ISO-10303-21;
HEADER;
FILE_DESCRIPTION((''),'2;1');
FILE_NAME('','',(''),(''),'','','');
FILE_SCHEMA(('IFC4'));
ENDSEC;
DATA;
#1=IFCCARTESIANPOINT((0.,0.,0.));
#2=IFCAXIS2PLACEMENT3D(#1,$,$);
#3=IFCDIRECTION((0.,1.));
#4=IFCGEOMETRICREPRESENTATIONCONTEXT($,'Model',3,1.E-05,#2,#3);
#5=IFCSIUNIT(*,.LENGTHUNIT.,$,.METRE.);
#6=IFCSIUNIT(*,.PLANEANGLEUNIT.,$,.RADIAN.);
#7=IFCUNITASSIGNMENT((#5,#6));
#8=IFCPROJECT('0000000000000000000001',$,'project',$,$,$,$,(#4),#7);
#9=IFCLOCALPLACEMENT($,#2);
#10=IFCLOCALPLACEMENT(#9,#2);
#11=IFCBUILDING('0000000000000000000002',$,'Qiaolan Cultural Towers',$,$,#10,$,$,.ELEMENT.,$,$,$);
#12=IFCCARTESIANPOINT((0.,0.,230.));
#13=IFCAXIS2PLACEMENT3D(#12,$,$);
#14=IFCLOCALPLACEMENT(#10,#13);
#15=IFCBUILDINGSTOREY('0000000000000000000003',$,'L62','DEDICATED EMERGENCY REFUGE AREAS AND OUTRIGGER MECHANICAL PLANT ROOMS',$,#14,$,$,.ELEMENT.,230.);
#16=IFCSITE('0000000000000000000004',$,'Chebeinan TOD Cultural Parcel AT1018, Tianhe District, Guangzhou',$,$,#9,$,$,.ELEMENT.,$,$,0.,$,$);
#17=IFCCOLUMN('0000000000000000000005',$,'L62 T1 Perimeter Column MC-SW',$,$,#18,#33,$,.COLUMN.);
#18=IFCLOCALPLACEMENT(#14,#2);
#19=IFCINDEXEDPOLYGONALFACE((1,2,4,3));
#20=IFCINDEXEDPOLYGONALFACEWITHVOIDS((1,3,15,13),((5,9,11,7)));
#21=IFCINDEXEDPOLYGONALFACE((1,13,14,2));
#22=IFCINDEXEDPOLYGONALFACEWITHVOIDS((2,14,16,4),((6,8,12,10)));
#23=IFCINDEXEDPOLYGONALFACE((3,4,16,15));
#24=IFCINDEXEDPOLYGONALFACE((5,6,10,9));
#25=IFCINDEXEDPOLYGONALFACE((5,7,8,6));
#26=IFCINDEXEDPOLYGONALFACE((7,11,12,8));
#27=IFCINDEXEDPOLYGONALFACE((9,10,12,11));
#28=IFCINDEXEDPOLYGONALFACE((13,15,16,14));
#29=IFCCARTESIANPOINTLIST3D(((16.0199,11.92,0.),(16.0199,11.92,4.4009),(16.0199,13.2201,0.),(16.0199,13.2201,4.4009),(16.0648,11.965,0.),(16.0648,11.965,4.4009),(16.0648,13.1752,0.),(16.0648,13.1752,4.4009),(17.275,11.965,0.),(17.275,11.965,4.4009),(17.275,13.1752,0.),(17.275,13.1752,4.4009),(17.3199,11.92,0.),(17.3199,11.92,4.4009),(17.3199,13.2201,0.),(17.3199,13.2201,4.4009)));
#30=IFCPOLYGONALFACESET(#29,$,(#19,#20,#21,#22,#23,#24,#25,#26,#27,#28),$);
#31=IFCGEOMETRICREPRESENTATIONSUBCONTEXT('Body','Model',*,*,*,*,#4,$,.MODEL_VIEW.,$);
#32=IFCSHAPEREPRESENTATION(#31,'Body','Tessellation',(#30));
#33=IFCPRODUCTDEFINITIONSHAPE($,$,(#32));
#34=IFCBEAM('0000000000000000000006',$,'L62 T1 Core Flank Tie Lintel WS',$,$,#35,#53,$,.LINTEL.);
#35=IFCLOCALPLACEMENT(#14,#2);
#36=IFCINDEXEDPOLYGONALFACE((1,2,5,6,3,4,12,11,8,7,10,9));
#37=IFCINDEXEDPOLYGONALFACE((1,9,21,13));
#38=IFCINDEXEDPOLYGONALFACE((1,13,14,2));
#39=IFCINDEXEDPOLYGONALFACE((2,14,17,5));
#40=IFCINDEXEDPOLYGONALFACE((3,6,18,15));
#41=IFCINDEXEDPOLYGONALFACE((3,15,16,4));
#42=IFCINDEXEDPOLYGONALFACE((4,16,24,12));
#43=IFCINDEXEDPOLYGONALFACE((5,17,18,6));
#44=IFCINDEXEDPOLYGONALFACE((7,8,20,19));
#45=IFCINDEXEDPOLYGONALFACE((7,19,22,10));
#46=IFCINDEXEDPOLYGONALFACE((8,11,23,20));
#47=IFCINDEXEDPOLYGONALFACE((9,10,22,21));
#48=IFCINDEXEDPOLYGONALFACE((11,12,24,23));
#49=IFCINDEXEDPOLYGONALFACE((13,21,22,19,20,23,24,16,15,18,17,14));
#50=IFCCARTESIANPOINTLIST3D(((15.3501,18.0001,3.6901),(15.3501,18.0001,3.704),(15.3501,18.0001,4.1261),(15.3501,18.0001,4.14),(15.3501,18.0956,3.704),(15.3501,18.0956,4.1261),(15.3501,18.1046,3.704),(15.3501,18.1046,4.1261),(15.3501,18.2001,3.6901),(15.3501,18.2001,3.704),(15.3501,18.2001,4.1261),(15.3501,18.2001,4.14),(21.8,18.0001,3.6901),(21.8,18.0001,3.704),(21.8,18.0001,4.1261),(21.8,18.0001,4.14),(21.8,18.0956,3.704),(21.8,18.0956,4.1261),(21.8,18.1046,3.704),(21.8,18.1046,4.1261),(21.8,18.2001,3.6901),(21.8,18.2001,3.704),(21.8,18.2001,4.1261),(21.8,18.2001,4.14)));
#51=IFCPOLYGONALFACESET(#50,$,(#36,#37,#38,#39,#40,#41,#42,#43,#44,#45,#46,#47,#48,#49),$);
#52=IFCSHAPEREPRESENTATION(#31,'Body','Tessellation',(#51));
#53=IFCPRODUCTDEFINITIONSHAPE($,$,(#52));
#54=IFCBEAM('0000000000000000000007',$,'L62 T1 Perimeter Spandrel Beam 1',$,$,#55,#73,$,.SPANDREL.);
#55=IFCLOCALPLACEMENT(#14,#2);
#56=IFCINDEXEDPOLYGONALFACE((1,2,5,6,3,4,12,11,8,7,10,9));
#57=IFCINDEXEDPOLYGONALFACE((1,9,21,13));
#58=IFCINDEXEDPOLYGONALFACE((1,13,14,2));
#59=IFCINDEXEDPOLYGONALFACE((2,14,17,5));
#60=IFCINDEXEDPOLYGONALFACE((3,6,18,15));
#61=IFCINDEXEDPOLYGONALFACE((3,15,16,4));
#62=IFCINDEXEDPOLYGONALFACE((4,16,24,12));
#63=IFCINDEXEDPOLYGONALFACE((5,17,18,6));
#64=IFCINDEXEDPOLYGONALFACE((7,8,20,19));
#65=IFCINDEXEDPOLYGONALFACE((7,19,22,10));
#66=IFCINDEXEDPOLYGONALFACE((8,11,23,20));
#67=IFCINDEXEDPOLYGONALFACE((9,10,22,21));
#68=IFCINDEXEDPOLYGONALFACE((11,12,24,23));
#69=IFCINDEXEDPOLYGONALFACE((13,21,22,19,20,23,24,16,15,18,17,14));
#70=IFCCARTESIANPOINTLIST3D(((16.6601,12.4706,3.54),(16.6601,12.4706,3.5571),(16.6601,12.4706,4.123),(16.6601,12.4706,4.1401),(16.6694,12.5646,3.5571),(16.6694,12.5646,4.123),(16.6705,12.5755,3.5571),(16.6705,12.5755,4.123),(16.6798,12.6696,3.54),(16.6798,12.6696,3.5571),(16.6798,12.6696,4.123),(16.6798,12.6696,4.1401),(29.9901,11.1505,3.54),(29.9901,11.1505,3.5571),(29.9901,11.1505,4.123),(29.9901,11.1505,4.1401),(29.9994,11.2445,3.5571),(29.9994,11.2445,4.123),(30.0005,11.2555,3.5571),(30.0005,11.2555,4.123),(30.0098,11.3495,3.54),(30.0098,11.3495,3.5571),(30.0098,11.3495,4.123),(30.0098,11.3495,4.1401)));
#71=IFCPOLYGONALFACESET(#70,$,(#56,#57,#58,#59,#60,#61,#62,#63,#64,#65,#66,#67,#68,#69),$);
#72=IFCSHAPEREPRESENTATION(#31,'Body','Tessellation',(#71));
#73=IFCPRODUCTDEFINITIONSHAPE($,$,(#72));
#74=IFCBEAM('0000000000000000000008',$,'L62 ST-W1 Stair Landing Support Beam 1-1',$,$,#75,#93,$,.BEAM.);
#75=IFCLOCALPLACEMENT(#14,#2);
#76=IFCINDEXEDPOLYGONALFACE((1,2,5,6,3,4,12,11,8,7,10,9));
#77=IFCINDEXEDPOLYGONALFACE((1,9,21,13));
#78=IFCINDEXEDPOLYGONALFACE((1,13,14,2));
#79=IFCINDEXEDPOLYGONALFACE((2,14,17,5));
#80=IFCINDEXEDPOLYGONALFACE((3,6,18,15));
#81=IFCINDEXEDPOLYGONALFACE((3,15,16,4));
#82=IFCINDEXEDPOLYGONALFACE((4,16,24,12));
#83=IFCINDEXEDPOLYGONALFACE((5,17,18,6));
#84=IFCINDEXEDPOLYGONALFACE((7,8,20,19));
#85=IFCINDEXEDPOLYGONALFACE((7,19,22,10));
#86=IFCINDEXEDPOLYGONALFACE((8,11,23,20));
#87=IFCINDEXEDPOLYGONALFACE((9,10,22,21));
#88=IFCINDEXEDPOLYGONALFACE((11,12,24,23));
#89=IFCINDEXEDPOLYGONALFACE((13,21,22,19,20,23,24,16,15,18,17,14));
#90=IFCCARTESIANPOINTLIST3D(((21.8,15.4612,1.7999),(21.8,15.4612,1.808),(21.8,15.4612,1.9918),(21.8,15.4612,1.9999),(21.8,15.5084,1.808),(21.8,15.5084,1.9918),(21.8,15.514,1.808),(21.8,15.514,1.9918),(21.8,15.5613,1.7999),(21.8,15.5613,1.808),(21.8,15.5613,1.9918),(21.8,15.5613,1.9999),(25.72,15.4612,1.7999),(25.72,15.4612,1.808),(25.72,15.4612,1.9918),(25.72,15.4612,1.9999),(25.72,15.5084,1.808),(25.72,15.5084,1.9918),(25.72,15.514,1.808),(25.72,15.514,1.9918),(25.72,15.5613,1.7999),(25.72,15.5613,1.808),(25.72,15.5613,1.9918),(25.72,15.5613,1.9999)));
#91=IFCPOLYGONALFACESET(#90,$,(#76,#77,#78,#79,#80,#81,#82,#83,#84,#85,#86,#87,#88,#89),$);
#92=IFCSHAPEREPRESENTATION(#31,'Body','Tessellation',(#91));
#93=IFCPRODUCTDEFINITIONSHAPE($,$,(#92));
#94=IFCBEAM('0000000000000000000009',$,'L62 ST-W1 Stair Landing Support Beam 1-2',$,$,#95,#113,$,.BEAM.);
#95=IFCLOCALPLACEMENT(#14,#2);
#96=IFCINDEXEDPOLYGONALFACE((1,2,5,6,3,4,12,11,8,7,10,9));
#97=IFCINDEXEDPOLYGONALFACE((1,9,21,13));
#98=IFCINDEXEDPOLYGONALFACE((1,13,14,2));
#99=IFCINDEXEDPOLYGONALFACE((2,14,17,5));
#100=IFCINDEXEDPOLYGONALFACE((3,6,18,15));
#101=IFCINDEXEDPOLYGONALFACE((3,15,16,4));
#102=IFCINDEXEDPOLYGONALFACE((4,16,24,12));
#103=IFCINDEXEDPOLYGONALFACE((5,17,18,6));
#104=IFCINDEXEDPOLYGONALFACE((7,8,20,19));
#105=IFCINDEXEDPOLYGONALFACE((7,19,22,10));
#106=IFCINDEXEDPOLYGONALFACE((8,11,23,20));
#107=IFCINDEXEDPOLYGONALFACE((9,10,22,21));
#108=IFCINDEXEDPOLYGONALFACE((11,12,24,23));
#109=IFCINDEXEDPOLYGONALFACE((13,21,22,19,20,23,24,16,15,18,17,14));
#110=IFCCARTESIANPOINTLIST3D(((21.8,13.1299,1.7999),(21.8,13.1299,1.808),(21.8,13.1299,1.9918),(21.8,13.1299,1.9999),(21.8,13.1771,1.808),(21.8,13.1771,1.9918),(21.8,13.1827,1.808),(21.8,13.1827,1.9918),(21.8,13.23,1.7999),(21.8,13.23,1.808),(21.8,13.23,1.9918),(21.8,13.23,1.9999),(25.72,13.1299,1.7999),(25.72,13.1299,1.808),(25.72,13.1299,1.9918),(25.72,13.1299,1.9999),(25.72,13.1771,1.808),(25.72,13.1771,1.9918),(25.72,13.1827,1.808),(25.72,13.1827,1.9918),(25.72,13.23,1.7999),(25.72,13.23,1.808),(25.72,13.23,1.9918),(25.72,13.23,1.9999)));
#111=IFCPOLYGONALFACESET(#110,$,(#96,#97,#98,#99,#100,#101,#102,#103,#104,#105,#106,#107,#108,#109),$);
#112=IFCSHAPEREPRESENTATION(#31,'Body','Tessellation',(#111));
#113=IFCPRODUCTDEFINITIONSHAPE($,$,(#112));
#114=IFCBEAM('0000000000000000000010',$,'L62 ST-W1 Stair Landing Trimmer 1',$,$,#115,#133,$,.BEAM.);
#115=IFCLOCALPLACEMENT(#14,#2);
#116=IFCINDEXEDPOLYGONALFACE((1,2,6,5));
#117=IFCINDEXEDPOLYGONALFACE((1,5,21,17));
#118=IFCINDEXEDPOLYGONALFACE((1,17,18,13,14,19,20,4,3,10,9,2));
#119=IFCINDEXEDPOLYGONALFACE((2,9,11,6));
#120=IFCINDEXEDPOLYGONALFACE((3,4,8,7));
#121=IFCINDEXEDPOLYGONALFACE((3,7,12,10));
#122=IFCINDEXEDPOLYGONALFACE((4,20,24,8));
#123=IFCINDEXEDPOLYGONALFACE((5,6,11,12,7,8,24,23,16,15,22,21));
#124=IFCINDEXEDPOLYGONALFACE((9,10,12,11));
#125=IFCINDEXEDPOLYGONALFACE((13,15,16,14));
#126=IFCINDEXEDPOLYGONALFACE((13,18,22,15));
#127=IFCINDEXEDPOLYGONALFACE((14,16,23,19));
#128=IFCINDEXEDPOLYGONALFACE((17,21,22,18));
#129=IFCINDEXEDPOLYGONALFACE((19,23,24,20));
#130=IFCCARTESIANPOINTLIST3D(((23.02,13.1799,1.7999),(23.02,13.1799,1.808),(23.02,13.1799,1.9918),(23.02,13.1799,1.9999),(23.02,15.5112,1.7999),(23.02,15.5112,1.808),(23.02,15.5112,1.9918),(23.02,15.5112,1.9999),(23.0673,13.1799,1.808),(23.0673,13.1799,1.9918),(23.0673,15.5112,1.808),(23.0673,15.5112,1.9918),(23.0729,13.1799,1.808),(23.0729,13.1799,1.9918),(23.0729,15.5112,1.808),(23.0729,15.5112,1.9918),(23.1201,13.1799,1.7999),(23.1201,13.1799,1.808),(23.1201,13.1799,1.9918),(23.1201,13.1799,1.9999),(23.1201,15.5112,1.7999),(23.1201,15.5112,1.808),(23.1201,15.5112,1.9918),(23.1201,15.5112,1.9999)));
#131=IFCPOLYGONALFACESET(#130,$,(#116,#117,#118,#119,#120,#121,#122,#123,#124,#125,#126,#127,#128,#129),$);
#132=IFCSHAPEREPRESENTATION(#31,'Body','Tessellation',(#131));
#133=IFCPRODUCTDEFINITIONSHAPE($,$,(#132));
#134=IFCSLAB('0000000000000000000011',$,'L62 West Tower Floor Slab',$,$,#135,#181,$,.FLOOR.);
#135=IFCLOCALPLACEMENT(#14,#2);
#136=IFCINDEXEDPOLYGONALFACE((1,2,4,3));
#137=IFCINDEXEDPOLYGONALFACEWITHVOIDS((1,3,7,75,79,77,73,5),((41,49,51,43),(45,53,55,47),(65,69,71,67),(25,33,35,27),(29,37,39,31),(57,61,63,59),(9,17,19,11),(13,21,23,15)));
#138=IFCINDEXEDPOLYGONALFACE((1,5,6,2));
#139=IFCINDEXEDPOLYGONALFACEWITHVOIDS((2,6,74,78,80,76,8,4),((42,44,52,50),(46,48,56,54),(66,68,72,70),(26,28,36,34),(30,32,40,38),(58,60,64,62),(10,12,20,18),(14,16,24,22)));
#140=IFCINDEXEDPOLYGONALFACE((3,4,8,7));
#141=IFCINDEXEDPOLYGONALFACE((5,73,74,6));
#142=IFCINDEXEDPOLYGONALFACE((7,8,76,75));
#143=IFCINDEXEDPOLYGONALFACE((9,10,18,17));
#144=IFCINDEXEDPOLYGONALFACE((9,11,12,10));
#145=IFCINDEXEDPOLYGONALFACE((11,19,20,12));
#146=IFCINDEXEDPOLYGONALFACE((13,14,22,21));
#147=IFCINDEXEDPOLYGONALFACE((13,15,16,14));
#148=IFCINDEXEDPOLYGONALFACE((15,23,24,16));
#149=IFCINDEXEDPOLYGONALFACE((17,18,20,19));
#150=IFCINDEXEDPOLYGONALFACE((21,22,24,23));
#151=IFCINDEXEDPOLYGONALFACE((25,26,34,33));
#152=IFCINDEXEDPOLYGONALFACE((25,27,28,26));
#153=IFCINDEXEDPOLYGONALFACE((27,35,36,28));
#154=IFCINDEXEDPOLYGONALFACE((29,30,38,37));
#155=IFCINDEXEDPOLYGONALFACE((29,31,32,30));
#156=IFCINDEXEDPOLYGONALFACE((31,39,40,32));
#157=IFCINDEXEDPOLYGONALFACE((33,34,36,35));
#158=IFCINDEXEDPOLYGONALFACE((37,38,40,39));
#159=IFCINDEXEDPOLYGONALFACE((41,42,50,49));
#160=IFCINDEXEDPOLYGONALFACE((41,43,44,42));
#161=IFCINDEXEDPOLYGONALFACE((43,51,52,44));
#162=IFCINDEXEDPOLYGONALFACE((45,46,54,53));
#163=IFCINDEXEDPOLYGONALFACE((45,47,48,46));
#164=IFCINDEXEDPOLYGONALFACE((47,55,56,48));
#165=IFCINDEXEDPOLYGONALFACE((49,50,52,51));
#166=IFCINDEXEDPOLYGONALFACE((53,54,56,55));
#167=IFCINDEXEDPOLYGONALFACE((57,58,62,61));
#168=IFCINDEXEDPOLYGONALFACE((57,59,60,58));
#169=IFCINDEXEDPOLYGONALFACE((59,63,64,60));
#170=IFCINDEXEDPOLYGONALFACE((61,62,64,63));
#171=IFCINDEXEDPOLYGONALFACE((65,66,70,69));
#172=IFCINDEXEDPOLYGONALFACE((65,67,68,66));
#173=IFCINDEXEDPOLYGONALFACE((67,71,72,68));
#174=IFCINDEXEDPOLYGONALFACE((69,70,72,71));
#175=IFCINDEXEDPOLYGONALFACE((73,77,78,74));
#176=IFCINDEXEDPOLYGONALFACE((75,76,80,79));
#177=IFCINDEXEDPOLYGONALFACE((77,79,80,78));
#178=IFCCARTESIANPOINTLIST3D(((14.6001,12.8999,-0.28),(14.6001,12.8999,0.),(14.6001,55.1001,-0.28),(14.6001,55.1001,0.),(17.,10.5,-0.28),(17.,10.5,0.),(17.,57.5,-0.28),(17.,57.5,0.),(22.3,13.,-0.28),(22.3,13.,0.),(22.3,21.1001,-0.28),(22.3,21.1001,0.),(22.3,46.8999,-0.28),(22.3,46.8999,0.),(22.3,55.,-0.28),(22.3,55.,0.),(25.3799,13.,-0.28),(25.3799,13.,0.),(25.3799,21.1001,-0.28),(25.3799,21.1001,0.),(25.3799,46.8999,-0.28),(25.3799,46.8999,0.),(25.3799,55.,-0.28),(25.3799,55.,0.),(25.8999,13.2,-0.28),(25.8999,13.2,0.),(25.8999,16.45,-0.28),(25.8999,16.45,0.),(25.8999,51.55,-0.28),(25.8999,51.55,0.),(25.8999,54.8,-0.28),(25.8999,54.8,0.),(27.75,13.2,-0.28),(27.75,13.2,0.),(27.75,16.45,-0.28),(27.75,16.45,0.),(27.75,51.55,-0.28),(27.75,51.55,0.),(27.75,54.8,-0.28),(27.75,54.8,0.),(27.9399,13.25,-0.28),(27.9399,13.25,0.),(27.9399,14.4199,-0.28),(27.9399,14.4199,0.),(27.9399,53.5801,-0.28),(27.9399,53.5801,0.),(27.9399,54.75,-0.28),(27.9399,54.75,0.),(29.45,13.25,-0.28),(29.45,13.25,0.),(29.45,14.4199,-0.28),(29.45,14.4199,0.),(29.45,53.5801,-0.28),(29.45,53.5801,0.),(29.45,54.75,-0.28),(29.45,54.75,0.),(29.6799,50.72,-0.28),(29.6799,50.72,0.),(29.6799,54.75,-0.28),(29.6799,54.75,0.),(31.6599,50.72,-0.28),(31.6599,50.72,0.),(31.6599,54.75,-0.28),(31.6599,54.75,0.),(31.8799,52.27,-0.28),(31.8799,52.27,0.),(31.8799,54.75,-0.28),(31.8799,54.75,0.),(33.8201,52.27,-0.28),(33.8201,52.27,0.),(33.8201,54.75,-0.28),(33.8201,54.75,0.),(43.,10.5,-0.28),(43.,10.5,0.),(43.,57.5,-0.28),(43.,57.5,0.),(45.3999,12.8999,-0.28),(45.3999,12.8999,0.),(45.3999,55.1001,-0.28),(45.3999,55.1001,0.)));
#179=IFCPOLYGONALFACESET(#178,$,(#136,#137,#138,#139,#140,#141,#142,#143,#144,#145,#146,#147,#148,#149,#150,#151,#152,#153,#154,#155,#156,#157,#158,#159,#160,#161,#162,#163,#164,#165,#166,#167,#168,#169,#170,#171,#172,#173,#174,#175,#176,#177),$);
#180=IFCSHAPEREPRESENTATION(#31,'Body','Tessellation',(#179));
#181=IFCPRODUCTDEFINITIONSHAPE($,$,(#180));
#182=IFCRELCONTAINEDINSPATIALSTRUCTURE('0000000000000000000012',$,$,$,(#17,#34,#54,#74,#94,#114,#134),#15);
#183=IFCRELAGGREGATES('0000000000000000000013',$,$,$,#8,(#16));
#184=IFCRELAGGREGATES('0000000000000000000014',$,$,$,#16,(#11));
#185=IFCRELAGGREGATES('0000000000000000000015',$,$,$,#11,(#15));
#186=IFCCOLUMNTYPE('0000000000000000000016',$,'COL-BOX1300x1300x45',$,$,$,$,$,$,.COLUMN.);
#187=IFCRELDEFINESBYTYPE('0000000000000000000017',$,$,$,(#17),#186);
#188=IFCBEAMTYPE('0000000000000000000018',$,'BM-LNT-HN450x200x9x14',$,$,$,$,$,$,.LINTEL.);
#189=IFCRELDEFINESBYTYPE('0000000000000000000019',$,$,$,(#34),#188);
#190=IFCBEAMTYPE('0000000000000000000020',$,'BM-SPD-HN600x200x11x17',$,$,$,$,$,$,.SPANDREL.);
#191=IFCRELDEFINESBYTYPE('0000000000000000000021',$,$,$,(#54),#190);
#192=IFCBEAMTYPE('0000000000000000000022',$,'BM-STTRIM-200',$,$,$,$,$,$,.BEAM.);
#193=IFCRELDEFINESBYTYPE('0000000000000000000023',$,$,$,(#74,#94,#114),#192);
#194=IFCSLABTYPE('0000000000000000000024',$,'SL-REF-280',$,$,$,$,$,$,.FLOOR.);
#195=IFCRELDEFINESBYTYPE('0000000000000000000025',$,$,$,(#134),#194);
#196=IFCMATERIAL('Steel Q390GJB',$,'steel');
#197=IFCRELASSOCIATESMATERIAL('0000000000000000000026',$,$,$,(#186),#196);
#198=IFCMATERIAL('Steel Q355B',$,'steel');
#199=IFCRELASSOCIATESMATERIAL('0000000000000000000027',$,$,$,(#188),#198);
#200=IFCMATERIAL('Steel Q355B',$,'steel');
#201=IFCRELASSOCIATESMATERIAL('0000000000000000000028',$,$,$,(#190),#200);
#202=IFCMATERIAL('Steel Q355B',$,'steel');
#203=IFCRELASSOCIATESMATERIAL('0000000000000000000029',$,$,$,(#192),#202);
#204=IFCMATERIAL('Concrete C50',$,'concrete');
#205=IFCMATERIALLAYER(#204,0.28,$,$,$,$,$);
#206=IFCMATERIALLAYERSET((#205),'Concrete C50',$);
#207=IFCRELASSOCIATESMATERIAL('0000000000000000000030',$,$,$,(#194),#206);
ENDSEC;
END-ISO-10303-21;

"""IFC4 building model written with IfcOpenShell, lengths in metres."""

from ifc_helpers import new_model, si_unit, direction, frame, origin, origin_2d, place, context, subcontext, project, spatial, polyline, hollow_rectangle, i_section, outline, extrude, material, layer, layer_set, material_profile, profile_set, type_object, element, save


model = new_model("IFC4")

# Units and contexts
model_context = context("Model", 3, precision=1e-05, world=origin(), true_north=direction((0.0, 1.0)))
body_context = subcontext(model_context, "Body", "Model", "MODEL_VIEW")
ifc_project = project(units=[si_unit("LENGTHUNIT", "METRE"), si_unit("PLANEANGLEUNIT", "RADIAN")], contexts=[model_context])

# Site, building, storey
site_placement = place(None, origin())
site = spatial("IfcSite", under=ifc_project, at=site_placement, Name="Chebeinan TOD Cultural Parcel AT1018, Tianhe District, Guangzhou", CompositionType="ELEMENT", RefElevation=0.0)
building_placement = place(site_placement, origin())
building = spatial("IfcBuilding", under=site, at=building_placement, Name="Qiaolan Cultural Towers", CompositionType="ELEMENT")
storey_placement = place(building_placement, frame((0.0, 0.0, 230.0)))
storey = spatial("IfcBuildingStorey", under=building, at=storey_placement, Name="L62", Description="DEDICATED EMERGENCY REFUGE AREAS AND OUTRIGGER MECHANICAL PLANT ROOMS", CompositionType="ELEMENT", Elevation=230.0)

# Column
ifc_material_1 = material(Name="Steel Q390GJB", Category="steel")
ifc_material_profile_1 = material_profile(ifc_material_1, hollow_rectangle(XDim=1.3, YDim=1.3, WallThickness=0.0449, at=origin_2d()), Name="BOX1300x1300x45")
ifc_profile_set_1 = profile_set([ifc_material_profile_1], Name="Steel Q390GJB")
column_type = type_object("IfcColumnType", Name="COL-BOX1300x1300x45", PredefinedType="COLUMN", material=ifc_profile_set_1)
column_placement = place(storey_placement, frame((16.6699, 12.5701, 0.0), z_axis=(0.0, 0.0, 1.0), x_axis=(1.0, 0.0, 0.0)))
element("IfcColumn", 1, at=column_placement, inside=storey, type_object=column_type, Name="L62 T1 Perimeter Column MC-SW", PredefinedType="COLUMN", context=body_context, shape_type="SweptSolid", body=[
    extrude(hollow_rectangle(XDim=1.3, YDim=1.3, WallThickness=0.0449, at=origin_2d()), origin(), (0.0, 0.0, 1.0), 4.4009),
])

# Beams
ifc_material_2 = material(Name="Steel Q355B", Category="steel")
ifc_material_profile_2 = material_profile(ifc_material_2, i_section(OverallWidth=0.2, OverallDepth=0.45, WebThickness=0.009, FlangeThickness=0.0139, at=origin_2d()), Name="HN450x200x9x14")
ifc_profile_set_2 = profile_set([ifc_material_profile_2], Name="Steel Q355B")
beam_type_1 = type_object("IfcBeamType", Name="BM-LNT-HN450x200x9x14", PredefinedType="LINTEL", material=ifc_profile_set_2)
beam_1_placement = place(storey_placement, frame((21.8, 18.1001, 3.915), z_axis=(-1.0, 0.0, 0.0), x_axis=(0.0, -1.0, 0.0)))
element("IfcBeam", 2, at=beam_1_placement, inside=storey, type_object=beam_type_1, Name="L62 T1 Core Flank Tie Lintel WS", PredefinedType="LINTEL", context=body_context, shape_type="SweptSolid", body=[
    extrude(i_section(OverallWidth=0.2, OverallDepth=0.45, WebThickness=0.009, FlangeThickness=0.0139, at=origin_2d()), origin(), (0.0, 0.0, 1.0), 6.45),
])
ifc_material_3 = material(Name="Steel Q355B", Category="steel")
ifc_material_profile_3 = material_profile(ifc_material_3, i_section(OverallWidth=0.2, OverallDepth=0.6001, WebThickness=0.011, FlangeThickness=0.0171, at=origin_2d()), Name="HN600x200x11x17")
ifc_profile_set_3 = profile_set([ifc_material_profile_3], Name="Steel Q355B")
beam_type_2 = type_object("IfcBeamType", Name="BM-SPD-HN600x200x11x17", PredefinedType="SPANDREL", material=ifc_profile_set_3)
beam_2_placement = place(storey_placement, frame((16.6699, 12.5701, 3.8401), z_axis=(0.995132, -0.098547, 0.0), x_axis=(0.098547, 0.995132, 0.0)))
element("IfcBeam", 3, at=beam_2_placement, inside=storey, type_object=beam_type_2, Name="L62 T1 Perimeter Spandrel Beam 1", PredefinedType="SPANDREL", context=body_context, shape_type="SweptSolid", body=[
    extrude(i_section(OverallWidth=0.2, OverallDepth=0.6001, WebThickness=0.011, FlangeThickness=0.0171, at=origin_2d()), origin(), (0.0, 0.0, 1.0), 13.3953),
])
ifc_material_4 = material(Name="Steel Q355B", Category="steel")
ifc_material_profile_4 = material_profile(ifc_material_4, i_section(OverallWidth=0.1001, OverallDepth=0.2, WebThickness=0.0056, FlangeThickness=0.0081, at=origin_2d()), Name="HN200x100x5.5x8")
ifc_profile_set_4 = profile_set([ifc_material_profile_4], Name="Steel Q355B")
beam_type_3 = type_object("IfcBeamType", Name="BM-STTRIM-200", PredefinedType="BEAM", material=ifc_profile_set_4)
for number, where, z_axis, x_axis, name in (
    (4, (21.8, 15.5112, 1.8999), (1.0, 0.0, 0.0), (0.0, 1.0, 0.0), "L62 ST-W1 Stair Landing Support Beam 1-1"),
    (5, (21.8, 13.1799, 1.8999), (1.0, 0.0, 0.0), (0.0, 1.0, 0.0), "L62 ST-W1 Stair Landing Support Beam 1-2"),
):
    element("IfcBeam", number, at=place(storey_placement, frame(where, z_axis=z_axis, x_axis=x_axis)), inside=storey, type_object=beam_type_3, Name=name, PredefinedType="BEAM", context=body_context, shape_type="SweptSolid", body=[
        extrude(i_section(OverallWidth=0.1001, OverallDepth=0.2, WebThickness=0.0056, FlangeThickness=0.0081, at=origin_2d()), origin(), (0.0, 0.0, 1.0), 3.9199),
    ])
beam_3_placement = place(storey_placement, frame((23.0701, 15.5112, 1.8999), z_axis=(0.0, -1.0, 0.0), x_axis=(1.0, 0.0, 0.0)))
element("IfcBeam", 6, at=beam_3_placement, inside=storey, type_object=beam_type_3, Name="L62 ST-W1 Stair Landing Trimmer 1", PredefinedType="BEAM", context=body_context, shape_type="SweptSolid", body=[
    extrude(i_section(OverallWidth=0.1001, OverallDepth=0.2, WebThickness=0.0056, FlangeThickness=0.0081, at=origin_2d()), origin(), (0.0, 0.0, 1.0), 2.3313),
])

# Slab
ifc_material_5 = material(Name="Concrete C50", Category="concrete")
ifc_layer_1 = layer(ifc_material_5, 0.28)
ifc_layer_set_1 = layer_set([ifc_layer_1], Name="Concrete C50")
slab_type_1 = type_object("IfcSlabType", Name="SL-REF-280", PredefinedType="FLOOR", material=ifc_layer_set_1)
slab_1_placement = place(storey_placement, frame((0.0, 0.0, -0.28)))
element("IfcSlab", 7, at=slab_1_placement, inside=storey, type_object=slab_type_1, Name="L62 West Tower Floor Slab", PredefinedType="FLOOR", context=body_context, shape_type="SweptSolid", body=[
    extrude(outline(polyline([(17.0, 10.5), (43.0, 10.5), (45.3999, 12.8999), (45.3999, 55.1001), (43.0, 57.5), (17.0, 57.5), (14.6001, 55.1001), (14.6001, 12.8999), (17.0, 10.5)]), holes=[polyline([(22.3, 21.1001), (22.3, 13.0), (25.3799, 13.0), (25.3799, 21.1001), (22.3, 21.1001)]), polyline([(25.3799, 46.8999), (25.3799, 55.0), (22.3, 55.0), (22.3, 46.8999), (25.3799, 46.8999)]), polyline([(25.8999, 13.2), (27.75, 13.2), (27.75, 16.45), (25.8999, 16.45), (25.8999, 13.2)]), polyline([(27.9399, 13.25), (29.45, 13.25), (29.45, 14.4199), (27.9399, 14.4199), (27.9399, 13.25)]), polyline([(25.8999, 51.55), (27.75, 51.55), (27.75, 54.8), (25.8999, 54.8), (25.8999, 51.55)]), polyline([(27.9399, 53.5801), (29.45, 53.5801), (29.45, 54.75), (27.9399, 54.75), (27.9399, 53.5801)]), polyline([(31.8799, 52.27), (33.8201, 52.27), (33.8201, 54.75), (31.8799, 54.75), (31.8799, 52.27)]), polyline([(29.6799, 50.72), (31.6599, 50.72), (31.6599, 54.75), (29.6799, 54.75), (29.6799, 50.72)])]), origin(), (0.0, 0.0, 1.0), 0.28),
])

save(model, "model.ifc")
